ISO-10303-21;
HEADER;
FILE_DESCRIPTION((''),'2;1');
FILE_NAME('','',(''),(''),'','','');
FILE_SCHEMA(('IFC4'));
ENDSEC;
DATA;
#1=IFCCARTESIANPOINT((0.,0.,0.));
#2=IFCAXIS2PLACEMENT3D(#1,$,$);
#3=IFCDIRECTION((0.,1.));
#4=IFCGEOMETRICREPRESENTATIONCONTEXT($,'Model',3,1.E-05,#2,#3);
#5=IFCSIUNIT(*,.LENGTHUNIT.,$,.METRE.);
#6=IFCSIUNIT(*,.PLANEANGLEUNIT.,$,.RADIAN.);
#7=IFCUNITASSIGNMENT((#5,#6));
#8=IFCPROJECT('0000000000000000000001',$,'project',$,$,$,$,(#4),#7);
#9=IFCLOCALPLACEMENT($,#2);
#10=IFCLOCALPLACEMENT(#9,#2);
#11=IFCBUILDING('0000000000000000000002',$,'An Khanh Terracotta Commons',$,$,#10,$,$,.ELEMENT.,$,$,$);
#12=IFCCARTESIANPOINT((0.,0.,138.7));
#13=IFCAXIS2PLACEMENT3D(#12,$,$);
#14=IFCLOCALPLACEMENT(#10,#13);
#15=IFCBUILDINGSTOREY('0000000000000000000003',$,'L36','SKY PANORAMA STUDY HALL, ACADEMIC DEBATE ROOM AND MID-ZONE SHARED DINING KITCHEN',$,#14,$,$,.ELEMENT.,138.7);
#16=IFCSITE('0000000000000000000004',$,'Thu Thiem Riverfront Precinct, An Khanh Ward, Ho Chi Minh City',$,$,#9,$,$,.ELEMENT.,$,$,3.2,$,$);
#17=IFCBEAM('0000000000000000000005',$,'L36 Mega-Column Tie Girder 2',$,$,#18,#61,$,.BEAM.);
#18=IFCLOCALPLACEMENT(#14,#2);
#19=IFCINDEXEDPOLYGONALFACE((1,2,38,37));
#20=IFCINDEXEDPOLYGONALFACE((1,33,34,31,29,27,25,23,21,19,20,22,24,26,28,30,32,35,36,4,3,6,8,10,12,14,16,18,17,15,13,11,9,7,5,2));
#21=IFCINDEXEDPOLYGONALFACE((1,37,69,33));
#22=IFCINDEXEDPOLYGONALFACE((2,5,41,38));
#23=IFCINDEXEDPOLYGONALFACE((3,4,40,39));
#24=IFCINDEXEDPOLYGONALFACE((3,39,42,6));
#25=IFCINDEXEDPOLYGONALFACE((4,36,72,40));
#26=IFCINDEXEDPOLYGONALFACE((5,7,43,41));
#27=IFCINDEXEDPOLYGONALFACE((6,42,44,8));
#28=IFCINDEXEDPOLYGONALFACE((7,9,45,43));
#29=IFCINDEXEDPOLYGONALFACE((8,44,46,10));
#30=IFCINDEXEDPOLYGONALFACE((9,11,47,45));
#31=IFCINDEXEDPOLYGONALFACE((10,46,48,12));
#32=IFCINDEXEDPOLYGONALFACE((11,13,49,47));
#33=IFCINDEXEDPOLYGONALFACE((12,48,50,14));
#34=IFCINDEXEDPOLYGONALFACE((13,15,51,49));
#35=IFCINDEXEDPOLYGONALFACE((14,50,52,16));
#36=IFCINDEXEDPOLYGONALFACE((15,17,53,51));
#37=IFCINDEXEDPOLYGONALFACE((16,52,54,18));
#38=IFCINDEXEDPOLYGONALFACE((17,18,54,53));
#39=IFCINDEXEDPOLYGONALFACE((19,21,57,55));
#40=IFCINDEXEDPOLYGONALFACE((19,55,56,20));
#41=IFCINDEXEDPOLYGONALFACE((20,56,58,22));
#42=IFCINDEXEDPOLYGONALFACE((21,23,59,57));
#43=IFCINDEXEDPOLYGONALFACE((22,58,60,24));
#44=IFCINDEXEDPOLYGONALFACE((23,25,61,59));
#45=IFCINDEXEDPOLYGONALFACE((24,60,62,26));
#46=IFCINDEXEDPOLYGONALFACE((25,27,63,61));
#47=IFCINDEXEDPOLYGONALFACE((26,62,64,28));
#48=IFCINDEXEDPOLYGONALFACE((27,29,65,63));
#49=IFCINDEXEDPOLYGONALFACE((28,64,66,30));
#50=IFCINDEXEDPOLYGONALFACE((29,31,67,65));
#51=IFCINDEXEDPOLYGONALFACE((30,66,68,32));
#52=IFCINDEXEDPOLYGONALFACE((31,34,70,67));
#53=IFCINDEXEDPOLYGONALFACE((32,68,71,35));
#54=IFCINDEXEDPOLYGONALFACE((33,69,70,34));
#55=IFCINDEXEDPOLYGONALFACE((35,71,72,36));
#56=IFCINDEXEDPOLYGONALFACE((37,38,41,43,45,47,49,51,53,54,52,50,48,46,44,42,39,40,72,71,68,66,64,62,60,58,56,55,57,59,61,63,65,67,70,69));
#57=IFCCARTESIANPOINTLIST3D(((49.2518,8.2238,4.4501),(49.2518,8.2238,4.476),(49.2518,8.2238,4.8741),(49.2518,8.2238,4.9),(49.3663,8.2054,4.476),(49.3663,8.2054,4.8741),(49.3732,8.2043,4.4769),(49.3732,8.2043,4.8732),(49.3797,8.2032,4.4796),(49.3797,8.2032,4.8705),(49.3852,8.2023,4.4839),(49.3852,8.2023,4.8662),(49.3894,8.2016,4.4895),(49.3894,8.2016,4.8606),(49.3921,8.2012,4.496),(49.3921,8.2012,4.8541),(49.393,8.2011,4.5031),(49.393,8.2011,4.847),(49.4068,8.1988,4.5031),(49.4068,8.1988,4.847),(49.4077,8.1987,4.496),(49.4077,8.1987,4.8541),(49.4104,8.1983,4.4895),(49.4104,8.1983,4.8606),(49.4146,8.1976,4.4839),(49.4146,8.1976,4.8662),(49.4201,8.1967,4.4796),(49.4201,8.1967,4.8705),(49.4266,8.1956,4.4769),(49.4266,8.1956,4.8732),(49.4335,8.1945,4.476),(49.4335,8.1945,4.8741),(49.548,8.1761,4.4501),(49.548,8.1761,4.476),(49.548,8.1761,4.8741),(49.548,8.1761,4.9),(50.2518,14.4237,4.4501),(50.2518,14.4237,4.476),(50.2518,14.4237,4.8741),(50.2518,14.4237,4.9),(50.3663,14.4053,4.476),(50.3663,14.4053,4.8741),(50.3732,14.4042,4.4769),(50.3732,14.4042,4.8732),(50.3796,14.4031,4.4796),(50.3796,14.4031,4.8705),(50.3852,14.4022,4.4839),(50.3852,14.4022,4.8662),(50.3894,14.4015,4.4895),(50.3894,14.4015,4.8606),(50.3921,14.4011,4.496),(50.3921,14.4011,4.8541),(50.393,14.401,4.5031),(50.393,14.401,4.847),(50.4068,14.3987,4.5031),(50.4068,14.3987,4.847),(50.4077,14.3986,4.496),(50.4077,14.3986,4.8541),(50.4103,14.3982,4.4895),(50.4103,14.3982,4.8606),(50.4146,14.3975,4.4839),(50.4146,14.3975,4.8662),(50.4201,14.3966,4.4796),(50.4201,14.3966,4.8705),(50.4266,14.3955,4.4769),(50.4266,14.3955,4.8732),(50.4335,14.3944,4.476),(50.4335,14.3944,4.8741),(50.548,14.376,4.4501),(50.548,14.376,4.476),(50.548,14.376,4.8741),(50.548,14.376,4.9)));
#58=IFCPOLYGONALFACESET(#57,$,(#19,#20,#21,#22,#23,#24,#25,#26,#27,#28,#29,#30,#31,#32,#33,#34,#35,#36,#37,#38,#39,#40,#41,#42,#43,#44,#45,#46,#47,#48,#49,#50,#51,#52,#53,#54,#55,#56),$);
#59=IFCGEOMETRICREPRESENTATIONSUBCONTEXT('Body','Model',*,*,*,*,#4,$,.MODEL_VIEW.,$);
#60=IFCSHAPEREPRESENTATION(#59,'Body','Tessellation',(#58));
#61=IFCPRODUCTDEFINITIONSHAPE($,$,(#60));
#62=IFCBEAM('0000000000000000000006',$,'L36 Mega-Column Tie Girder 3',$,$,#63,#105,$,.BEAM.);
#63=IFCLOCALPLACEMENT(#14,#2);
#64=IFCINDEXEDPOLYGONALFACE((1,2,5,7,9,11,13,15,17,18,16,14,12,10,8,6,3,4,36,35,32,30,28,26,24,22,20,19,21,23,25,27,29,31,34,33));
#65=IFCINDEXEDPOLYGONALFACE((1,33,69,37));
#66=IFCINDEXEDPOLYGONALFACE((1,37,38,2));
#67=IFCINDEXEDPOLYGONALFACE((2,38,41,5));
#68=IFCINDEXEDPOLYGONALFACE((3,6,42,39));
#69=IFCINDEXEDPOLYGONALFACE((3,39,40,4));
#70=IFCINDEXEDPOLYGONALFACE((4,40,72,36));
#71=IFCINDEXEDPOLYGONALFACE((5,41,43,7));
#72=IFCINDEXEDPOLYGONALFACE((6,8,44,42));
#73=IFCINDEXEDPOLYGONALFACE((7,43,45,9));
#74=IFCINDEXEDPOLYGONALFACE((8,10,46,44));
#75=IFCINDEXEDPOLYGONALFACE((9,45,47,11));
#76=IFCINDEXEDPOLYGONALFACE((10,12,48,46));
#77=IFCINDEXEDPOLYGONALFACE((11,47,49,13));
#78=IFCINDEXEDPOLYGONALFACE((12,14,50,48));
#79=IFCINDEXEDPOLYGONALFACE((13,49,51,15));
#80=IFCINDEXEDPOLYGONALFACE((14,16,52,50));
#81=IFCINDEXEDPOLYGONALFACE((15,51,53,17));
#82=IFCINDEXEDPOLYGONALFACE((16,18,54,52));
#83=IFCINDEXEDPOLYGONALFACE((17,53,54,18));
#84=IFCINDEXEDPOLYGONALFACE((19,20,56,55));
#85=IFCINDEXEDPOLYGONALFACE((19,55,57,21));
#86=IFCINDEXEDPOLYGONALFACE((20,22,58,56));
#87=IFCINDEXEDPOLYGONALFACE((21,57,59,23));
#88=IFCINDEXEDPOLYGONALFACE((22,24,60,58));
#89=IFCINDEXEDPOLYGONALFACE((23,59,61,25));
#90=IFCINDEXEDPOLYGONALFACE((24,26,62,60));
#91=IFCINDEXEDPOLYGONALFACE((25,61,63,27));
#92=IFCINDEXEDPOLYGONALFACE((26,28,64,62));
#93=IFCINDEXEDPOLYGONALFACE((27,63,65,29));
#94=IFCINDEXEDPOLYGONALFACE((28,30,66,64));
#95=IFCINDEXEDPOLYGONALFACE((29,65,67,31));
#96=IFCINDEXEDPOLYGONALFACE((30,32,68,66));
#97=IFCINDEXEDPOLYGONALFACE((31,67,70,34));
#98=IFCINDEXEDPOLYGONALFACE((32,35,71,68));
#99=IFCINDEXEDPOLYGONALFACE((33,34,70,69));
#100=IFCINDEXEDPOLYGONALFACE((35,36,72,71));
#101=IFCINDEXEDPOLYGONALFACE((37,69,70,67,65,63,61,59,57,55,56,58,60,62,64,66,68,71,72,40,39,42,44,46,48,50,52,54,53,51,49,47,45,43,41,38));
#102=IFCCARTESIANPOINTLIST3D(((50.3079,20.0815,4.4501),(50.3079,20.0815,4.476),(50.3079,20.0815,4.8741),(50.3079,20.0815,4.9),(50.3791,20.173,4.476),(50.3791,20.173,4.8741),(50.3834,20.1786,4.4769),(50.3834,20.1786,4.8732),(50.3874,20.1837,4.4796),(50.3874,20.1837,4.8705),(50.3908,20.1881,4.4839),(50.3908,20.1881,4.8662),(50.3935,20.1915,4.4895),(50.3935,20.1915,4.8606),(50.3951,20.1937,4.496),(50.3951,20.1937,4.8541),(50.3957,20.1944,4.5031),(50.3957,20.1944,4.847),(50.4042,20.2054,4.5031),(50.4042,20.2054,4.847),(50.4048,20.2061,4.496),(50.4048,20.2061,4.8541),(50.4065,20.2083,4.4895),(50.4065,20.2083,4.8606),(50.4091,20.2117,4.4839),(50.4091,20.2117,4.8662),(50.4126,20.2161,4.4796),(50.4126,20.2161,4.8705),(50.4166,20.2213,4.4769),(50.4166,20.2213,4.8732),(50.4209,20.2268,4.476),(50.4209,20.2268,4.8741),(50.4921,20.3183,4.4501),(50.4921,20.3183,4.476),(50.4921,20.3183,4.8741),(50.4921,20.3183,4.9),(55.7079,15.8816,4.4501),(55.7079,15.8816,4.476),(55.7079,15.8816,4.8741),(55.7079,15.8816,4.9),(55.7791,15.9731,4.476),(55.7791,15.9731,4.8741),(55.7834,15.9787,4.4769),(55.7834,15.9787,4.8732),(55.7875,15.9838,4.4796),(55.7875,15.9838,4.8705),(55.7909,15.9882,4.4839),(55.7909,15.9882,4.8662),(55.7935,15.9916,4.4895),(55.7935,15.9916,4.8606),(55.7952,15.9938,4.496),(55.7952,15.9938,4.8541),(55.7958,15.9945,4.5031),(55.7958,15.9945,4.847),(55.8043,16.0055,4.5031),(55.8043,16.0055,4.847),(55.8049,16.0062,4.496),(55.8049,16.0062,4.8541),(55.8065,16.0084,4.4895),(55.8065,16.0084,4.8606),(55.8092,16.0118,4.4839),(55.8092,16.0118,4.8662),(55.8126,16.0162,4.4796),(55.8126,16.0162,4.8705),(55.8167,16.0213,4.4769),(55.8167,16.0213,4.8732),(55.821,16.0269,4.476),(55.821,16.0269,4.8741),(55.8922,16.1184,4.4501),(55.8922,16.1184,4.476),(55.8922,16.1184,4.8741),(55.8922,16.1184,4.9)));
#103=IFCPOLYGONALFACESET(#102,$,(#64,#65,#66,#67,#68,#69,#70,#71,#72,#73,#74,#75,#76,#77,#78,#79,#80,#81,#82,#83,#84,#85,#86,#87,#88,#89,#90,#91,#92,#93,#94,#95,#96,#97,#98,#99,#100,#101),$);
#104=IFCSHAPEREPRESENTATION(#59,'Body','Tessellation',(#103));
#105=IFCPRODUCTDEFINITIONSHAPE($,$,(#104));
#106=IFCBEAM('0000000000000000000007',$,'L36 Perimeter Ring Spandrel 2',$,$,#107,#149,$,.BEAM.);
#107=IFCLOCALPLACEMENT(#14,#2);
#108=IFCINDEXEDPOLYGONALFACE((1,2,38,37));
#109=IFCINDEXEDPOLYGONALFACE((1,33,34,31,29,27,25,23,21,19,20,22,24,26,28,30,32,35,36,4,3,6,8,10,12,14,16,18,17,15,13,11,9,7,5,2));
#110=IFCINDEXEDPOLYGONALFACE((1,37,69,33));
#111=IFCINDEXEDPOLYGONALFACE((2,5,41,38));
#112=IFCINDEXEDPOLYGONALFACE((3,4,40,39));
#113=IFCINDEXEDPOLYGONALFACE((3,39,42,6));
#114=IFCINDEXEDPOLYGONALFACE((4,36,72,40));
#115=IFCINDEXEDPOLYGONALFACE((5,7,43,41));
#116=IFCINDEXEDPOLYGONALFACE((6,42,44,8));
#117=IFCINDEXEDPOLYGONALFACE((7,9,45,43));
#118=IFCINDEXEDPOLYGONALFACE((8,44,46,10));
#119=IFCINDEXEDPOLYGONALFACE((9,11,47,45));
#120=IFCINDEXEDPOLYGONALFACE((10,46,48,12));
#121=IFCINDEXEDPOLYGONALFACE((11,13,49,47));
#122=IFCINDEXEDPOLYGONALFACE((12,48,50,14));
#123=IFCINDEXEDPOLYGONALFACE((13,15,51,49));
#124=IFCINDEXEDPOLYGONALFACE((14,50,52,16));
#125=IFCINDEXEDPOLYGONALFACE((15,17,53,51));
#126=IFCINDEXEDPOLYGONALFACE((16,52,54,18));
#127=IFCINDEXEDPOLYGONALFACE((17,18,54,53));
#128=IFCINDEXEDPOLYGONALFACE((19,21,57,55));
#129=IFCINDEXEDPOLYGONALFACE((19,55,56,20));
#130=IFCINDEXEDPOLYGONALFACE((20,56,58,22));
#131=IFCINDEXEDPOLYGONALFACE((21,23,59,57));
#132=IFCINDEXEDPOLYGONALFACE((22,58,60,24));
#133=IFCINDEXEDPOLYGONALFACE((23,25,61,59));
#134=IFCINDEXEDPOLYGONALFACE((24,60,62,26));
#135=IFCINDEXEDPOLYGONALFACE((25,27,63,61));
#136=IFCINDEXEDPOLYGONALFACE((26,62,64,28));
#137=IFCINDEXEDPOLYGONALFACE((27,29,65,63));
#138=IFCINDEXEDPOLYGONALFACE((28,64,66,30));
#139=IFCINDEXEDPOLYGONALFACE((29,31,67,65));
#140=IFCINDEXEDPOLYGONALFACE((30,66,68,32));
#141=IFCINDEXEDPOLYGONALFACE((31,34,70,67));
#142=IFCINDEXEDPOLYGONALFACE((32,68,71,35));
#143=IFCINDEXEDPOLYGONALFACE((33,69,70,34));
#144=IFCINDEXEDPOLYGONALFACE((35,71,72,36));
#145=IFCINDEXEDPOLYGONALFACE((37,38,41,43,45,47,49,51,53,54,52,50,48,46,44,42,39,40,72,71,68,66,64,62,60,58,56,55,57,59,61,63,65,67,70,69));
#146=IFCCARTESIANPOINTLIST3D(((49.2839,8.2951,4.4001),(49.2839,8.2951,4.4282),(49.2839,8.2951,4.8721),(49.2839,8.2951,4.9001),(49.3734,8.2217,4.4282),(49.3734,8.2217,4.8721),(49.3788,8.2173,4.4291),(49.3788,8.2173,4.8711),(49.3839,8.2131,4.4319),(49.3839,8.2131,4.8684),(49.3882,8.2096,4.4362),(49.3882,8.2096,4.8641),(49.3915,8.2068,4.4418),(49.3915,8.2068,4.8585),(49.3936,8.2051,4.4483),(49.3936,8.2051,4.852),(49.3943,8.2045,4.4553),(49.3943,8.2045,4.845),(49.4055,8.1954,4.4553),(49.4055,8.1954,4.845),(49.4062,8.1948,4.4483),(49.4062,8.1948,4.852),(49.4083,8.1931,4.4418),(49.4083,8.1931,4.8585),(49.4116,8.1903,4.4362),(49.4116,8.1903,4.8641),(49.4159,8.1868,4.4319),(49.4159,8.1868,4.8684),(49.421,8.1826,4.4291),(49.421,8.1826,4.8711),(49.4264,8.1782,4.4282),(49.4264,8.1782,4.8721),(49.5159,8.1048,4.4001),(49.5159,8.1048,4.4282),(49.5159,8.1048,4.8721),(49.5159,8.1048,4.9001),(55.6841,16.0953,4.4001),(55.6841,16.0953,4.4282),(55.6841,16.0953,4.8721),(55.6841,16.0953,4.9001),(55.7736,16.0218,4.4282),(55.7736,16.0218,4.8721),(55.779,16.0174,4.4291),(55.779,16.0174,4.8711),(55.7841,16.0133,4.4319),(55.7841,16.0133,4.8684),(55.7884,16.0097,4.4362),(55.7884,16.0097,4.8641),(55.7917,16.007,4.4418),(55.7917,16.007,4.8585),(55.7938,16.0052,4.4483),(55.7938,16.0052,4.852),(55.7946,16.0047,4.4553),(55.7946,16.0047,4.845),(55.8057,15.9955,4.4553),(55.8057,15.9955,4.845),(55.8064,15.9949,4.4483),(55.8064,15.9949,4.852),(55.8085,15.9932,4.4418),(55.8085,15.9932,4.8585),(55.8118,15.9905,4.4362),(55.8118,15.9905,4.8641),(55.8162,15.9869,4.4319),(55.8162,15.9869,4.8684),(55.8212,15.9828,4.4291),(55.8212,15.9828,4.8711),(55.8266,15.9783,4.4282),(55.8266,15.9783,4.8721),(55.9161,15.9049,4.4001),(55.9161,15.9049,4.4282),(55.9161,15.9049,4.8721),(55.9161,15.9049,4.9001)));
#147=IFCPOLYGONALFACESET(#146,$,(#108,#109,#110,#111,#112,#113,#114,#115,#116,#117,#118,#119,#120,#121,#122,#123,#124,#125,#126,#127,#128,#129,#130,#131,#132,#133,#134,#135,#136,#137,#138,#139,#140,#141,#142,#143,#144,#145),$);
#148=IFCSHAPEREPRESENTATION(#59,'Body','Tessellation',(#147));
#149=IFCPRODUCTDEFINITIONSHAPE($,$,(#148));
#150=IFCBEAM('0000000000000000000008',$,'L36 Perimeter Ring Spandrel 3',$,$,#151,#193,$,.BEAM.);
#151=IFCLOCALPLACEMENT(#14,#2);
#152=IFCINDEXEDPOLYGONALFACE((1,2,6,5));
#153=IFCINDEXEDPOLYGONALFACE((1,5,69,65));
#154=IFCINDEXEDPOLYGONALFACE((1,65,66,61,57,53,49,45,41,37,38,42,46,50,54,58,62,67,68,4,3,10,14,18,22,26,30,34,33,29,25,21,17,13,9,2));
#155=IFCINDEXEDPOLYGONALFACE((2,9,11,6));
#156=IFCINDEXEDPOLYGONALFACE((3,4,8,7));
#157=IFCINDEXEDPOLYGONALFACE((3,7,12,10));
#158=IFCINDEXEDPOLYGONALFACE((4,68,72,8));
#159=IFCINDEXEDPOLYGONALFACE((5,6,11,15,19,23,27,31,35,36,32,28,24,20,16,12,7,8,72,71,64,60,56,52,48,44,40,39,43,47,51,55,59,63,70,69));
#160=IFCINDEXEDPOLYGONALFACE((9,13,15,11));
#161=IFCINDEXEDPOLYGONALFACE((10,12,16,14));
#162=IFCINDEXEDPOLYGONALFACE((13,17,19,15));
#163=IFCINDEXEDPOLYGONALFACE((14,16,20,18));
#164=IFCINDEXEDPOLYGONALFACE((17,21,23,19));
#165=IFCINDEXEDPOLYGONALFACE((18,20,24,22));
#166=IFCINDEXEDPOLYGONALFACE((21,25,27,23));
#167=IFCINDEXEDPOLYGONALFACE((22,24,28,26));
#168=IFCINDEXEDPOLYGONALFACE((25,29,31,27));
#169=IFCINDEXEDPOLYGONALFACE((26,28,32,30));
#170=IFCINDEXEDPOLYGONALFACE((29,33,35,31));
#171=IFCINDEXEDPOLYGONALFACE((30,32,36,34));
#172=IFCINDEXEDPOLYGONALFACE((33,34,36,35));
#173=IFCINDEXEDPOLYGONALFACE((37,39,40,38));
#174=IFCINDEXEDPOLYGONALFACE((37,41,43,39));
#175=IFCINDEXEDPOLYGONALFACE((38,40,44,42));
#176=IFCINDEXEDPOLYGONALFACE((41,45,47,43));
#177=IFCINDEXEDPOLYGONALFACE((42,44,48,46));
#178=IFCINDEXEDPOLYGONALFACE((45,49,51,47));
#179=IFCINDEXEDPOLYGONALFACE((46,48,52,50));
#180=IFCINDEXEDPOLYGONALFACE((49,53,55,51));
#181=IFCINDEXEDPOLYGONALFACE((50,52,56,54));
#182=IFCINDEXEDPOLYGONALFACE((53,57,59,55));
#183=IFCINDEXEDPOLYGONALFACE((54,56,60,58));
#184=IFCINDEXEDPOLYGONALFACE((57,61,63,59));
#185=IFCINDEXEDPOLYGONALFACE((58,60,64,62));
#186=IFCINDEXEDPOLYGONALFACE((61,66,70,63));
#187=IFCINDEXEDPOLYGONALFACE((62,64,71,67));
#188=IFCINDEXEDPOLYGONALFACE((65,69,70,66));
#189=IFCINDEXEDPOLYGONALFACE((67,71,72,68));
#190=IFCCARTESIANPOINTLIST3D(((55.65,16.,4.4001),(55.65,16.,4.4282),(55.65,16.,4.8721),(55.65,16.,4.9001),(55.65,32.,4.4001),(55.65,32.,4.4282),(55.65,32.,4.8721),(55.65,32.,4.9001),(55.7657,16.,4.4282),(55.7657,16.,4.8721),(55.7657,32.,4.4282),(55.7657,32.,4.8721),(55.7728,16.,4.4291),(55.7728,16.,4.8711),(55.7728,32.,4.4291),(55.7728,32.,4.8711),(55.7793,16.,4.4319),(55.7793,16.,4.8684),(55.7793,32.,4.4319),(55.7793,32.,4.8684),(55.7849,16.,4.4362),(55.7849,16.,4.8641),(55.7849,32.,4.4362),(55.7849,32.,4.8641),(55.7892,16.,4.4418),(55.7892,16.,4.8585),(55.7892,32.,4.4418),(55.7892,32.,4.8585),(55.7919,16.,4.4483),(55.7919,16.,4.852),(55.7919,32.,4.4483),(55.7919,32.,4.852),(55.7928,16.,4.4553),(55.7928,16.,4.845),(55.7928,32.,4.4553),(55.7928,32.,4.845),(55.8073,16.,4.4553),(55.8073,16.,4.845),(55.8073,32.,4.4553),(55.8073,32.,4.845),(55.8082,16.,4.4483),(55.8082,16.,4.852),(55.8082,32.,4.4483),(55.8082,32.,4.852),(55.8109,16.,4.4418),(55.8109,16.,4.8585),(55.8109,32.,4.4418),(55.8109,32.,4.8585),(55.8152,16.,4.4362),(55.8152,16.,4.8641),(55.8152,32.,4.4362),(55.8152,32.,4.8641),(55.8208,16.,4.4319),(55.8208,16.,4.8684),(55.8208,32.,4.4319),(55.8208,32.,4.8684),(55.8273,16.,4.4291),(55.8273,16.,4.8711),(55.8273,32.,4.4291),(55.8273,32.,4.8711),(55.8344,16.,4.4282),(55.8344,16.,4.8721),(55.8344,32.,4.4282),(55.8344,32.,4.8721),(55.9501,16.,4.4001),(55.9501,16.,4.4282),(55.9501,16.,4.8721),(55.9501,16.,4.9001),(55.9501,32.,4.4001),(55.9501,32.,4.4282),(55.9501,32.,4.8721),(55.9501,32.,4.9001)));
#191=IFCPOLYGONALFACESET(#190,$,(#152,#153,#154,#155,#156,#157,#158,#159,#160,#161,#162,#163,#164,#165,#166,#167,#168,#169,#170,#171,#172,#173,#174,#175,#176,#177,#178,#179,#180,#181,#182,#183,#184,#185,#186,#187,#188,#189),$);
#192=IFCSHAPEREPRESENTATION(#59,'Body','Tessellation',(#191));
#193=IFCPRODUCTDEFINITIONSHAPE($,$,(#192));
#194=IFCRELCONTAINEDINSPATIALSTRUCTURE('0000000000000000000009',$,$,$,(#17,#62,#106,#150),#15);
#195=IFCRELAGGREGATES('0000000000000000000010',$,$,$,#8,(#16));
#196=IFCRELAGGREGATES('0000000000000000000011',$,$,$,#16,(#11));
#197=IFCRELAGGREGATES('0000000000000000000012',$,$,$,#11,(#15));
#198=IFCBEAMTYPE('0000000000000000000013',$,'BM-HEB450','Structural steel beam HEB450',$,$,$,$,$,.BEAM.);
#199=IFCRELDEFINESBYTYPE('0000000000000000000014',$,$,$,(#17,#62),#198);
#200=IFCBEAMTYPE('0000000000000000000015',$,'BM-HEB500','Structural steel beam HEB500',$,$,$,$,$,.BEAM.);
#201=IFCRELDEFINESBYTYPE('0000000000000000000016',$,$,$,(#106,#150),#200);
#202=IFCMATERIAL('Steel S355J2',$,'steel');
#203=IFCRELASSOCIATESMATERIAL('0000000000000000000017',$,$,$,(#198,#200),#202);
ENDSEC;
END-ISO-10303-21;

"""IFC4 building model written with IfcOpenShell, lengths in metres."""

from ifc_helpers import new_model, si_unit, direction, frame, origin, origin_2d, place, context, subcontext, project, spatial, i_section, extrude, material, material_profile, profile_set, type_object, element, save


model = new_model("IFC4")

# Units and contexts
model_context = context("Model", 3, precision=1e-05, world=origin(), true_north=direction((0.0, 1.0)))
body_context = subcontext(model_context, "Body", "Model", "MODEL_VIEW")
ifc_project = project(units=[si_unit("LENGTHUNIT", "METRE"), si_unit("PLANEANGLEUNIT", "RADIAN")], contexts=[model_context])

# Site, building, storey
site_placement = place(None, origin())
site = spatial("IfcSite", under=ifc_project, at=site_placement, Name="Thu Thiem Riverfront Precinct, An Khanh Ward, Ho Chi Minh City", CompositionType="ELEMENT", RefElevation=3.2)
building_placement = place(site_placement, origin())
building = spatial("IfcBuilding", under=site, at=building_placement, Name="An Khanh Terracotta Commons", CompositionType="ELEMENT")
storey_placement = place(building_placement, frame((0.0, 0.0, 138.7)))
storey = spatial("IfcBuildingStorey", under=building, at=storey_placement, Name="L36", Description="SKY PANORAMA STUDY HALL, ACADEMIC DEBATE ROOM AND MID-ZONE SHARED DINING KITCHEN", CompositionType="ELEMENT", Elevation=138.7)

# Beams
ifc_material_1 = material(Name="Steel S355J2", Category="steel")
ifc_material_profile_1 = material_profile(ifc_material_1, i_section(OverallWidth=0.3, OverallDepth=0.45, WebThickness=0.0139, FlangeThickness=0.0259, FilletRadius=0.0271, at=origin_2d()), Name="HEB450")
ifc_profile_set_1 = profile_set([ifc_material_profile_1], Name="Steel S355J2")
beam_type_1 = type_object("IfcBeamType", Name="BM-HEB450", Description="Structural steel beam HEB450", PredefinedType="BEAM", material=ifc_profile_set_1)
beam_1_placement = place(storey_placement, frame((49.3999, 8.2, 4.675), z_axis=(0.159234, 0.987241, 0.0), x_axis=(-0.987241, 0.159234, 0.0)))
element("IfcBeam", 1, at=beam_1_placement, inside=storey, type_object=beam_type_1, Name="L36 Mega-Column Tie Girder 2", PredefinedType="BEAM", context=body_context, shape_type="SweptSolid", body=[
    extrude(i_section(OverallWidth=0.3, OverallDepth=0.45, WebThickness=0.0139, FlangeThickness=0.0259, FilletRadius=0.0271, at=origin_2d()), origin(), (0.0, 0.0, 1.0), 6.28),
])
beam_2_placement = place(storey_placement, frame((55.8, 16.0, 4.675), z_axis=(-0.789364, 0.613926, 0.0), x_axis=(-0.613926, -0.789364, 0.0)))
element("IfcBeam", 2, at=beam_2_placement, inside=storey, type_object=beam_type_1, Name="L36 Mega-Column Tie Girder 3", PredefinedType="BEAM", context=body_context, shape_type="SweptSolid", body=[
    extrude(i_section(OverallWidth=0.3, OverallDepth=0.45, WebThickness=0.0139, FlangeThickness=0.0259, FilletRadius=0.0271, at=origin_2d()), origin(), (0.0, 0.0, 1.0), 6.8411),
])
ifc_material_profile_2 = material_profile(ifc_material_1, i_section(OverallWidth=0.3, OverallDepth=0.5, WebThickness=0.0144, FlangeThickness=0.0281, FilletRadius=0.0271, at=origin_2d()), Name="HEB500")
ifc_profile_set_2 = profile_set([ifc_material_profile_2], Name="Steel S355J2")
beam_type_2 = type_object("IfcBeamType", Name="BM-HEB500", Description="Structural steel beam HEB500", PredefinedType="BEAM", material=ifc_profile_set_2)
beam_3_placement = place(storey_placement, frame((49.3999, 8.2, 4.6501), z_axis=(0.634323, 0.773068, 0.0), x_axis=(-0.773068, 0.634323, 0.0)))
element("IfcBeam", 3, at=beam_3_placement, inside=storey, type_object=beam_type_2, Name="L36 Perimeter Ring Spandrel 2", PredefinedType="BEAM", context=body_context, shape_type="SweptSolid", body=[
    extrude(i_section(OverallWidth=0.3, OverallDepth=0.5, WebThickness=0.0144, FlangeThickness=0.0281, FilletRadius=0.0271, at=origin_2d()), origin(), (0.0, 0.0, 1.0), 10.0898),
])
beam_4_placement = place(storey_placement, frame((55.8, 16.0, 4.6501), z_axis=(0.0, 1.0, 0.0), x_axis=(-1.0, 0.0, 0.0)))
element("IfcBeam", 4, at=beam_4_placement, inside=storey, type_object=beam_type_2, Name="L36 Perimeter Ring Spandrel 3", PredefinedType="BEAM", context=body_context, shape_type="SweptSolid", body=[
    extrude(i_section(OverallWidth=0.3, OverallDepth=0.5, WebThickness=0.0144, FlangeThickness=0.0281, FilletRadius=0.0271, at=origin_2d()), origin(), (0.0, 0.0, 1.0), 16.0),
])

save(model, "model.ifc")
